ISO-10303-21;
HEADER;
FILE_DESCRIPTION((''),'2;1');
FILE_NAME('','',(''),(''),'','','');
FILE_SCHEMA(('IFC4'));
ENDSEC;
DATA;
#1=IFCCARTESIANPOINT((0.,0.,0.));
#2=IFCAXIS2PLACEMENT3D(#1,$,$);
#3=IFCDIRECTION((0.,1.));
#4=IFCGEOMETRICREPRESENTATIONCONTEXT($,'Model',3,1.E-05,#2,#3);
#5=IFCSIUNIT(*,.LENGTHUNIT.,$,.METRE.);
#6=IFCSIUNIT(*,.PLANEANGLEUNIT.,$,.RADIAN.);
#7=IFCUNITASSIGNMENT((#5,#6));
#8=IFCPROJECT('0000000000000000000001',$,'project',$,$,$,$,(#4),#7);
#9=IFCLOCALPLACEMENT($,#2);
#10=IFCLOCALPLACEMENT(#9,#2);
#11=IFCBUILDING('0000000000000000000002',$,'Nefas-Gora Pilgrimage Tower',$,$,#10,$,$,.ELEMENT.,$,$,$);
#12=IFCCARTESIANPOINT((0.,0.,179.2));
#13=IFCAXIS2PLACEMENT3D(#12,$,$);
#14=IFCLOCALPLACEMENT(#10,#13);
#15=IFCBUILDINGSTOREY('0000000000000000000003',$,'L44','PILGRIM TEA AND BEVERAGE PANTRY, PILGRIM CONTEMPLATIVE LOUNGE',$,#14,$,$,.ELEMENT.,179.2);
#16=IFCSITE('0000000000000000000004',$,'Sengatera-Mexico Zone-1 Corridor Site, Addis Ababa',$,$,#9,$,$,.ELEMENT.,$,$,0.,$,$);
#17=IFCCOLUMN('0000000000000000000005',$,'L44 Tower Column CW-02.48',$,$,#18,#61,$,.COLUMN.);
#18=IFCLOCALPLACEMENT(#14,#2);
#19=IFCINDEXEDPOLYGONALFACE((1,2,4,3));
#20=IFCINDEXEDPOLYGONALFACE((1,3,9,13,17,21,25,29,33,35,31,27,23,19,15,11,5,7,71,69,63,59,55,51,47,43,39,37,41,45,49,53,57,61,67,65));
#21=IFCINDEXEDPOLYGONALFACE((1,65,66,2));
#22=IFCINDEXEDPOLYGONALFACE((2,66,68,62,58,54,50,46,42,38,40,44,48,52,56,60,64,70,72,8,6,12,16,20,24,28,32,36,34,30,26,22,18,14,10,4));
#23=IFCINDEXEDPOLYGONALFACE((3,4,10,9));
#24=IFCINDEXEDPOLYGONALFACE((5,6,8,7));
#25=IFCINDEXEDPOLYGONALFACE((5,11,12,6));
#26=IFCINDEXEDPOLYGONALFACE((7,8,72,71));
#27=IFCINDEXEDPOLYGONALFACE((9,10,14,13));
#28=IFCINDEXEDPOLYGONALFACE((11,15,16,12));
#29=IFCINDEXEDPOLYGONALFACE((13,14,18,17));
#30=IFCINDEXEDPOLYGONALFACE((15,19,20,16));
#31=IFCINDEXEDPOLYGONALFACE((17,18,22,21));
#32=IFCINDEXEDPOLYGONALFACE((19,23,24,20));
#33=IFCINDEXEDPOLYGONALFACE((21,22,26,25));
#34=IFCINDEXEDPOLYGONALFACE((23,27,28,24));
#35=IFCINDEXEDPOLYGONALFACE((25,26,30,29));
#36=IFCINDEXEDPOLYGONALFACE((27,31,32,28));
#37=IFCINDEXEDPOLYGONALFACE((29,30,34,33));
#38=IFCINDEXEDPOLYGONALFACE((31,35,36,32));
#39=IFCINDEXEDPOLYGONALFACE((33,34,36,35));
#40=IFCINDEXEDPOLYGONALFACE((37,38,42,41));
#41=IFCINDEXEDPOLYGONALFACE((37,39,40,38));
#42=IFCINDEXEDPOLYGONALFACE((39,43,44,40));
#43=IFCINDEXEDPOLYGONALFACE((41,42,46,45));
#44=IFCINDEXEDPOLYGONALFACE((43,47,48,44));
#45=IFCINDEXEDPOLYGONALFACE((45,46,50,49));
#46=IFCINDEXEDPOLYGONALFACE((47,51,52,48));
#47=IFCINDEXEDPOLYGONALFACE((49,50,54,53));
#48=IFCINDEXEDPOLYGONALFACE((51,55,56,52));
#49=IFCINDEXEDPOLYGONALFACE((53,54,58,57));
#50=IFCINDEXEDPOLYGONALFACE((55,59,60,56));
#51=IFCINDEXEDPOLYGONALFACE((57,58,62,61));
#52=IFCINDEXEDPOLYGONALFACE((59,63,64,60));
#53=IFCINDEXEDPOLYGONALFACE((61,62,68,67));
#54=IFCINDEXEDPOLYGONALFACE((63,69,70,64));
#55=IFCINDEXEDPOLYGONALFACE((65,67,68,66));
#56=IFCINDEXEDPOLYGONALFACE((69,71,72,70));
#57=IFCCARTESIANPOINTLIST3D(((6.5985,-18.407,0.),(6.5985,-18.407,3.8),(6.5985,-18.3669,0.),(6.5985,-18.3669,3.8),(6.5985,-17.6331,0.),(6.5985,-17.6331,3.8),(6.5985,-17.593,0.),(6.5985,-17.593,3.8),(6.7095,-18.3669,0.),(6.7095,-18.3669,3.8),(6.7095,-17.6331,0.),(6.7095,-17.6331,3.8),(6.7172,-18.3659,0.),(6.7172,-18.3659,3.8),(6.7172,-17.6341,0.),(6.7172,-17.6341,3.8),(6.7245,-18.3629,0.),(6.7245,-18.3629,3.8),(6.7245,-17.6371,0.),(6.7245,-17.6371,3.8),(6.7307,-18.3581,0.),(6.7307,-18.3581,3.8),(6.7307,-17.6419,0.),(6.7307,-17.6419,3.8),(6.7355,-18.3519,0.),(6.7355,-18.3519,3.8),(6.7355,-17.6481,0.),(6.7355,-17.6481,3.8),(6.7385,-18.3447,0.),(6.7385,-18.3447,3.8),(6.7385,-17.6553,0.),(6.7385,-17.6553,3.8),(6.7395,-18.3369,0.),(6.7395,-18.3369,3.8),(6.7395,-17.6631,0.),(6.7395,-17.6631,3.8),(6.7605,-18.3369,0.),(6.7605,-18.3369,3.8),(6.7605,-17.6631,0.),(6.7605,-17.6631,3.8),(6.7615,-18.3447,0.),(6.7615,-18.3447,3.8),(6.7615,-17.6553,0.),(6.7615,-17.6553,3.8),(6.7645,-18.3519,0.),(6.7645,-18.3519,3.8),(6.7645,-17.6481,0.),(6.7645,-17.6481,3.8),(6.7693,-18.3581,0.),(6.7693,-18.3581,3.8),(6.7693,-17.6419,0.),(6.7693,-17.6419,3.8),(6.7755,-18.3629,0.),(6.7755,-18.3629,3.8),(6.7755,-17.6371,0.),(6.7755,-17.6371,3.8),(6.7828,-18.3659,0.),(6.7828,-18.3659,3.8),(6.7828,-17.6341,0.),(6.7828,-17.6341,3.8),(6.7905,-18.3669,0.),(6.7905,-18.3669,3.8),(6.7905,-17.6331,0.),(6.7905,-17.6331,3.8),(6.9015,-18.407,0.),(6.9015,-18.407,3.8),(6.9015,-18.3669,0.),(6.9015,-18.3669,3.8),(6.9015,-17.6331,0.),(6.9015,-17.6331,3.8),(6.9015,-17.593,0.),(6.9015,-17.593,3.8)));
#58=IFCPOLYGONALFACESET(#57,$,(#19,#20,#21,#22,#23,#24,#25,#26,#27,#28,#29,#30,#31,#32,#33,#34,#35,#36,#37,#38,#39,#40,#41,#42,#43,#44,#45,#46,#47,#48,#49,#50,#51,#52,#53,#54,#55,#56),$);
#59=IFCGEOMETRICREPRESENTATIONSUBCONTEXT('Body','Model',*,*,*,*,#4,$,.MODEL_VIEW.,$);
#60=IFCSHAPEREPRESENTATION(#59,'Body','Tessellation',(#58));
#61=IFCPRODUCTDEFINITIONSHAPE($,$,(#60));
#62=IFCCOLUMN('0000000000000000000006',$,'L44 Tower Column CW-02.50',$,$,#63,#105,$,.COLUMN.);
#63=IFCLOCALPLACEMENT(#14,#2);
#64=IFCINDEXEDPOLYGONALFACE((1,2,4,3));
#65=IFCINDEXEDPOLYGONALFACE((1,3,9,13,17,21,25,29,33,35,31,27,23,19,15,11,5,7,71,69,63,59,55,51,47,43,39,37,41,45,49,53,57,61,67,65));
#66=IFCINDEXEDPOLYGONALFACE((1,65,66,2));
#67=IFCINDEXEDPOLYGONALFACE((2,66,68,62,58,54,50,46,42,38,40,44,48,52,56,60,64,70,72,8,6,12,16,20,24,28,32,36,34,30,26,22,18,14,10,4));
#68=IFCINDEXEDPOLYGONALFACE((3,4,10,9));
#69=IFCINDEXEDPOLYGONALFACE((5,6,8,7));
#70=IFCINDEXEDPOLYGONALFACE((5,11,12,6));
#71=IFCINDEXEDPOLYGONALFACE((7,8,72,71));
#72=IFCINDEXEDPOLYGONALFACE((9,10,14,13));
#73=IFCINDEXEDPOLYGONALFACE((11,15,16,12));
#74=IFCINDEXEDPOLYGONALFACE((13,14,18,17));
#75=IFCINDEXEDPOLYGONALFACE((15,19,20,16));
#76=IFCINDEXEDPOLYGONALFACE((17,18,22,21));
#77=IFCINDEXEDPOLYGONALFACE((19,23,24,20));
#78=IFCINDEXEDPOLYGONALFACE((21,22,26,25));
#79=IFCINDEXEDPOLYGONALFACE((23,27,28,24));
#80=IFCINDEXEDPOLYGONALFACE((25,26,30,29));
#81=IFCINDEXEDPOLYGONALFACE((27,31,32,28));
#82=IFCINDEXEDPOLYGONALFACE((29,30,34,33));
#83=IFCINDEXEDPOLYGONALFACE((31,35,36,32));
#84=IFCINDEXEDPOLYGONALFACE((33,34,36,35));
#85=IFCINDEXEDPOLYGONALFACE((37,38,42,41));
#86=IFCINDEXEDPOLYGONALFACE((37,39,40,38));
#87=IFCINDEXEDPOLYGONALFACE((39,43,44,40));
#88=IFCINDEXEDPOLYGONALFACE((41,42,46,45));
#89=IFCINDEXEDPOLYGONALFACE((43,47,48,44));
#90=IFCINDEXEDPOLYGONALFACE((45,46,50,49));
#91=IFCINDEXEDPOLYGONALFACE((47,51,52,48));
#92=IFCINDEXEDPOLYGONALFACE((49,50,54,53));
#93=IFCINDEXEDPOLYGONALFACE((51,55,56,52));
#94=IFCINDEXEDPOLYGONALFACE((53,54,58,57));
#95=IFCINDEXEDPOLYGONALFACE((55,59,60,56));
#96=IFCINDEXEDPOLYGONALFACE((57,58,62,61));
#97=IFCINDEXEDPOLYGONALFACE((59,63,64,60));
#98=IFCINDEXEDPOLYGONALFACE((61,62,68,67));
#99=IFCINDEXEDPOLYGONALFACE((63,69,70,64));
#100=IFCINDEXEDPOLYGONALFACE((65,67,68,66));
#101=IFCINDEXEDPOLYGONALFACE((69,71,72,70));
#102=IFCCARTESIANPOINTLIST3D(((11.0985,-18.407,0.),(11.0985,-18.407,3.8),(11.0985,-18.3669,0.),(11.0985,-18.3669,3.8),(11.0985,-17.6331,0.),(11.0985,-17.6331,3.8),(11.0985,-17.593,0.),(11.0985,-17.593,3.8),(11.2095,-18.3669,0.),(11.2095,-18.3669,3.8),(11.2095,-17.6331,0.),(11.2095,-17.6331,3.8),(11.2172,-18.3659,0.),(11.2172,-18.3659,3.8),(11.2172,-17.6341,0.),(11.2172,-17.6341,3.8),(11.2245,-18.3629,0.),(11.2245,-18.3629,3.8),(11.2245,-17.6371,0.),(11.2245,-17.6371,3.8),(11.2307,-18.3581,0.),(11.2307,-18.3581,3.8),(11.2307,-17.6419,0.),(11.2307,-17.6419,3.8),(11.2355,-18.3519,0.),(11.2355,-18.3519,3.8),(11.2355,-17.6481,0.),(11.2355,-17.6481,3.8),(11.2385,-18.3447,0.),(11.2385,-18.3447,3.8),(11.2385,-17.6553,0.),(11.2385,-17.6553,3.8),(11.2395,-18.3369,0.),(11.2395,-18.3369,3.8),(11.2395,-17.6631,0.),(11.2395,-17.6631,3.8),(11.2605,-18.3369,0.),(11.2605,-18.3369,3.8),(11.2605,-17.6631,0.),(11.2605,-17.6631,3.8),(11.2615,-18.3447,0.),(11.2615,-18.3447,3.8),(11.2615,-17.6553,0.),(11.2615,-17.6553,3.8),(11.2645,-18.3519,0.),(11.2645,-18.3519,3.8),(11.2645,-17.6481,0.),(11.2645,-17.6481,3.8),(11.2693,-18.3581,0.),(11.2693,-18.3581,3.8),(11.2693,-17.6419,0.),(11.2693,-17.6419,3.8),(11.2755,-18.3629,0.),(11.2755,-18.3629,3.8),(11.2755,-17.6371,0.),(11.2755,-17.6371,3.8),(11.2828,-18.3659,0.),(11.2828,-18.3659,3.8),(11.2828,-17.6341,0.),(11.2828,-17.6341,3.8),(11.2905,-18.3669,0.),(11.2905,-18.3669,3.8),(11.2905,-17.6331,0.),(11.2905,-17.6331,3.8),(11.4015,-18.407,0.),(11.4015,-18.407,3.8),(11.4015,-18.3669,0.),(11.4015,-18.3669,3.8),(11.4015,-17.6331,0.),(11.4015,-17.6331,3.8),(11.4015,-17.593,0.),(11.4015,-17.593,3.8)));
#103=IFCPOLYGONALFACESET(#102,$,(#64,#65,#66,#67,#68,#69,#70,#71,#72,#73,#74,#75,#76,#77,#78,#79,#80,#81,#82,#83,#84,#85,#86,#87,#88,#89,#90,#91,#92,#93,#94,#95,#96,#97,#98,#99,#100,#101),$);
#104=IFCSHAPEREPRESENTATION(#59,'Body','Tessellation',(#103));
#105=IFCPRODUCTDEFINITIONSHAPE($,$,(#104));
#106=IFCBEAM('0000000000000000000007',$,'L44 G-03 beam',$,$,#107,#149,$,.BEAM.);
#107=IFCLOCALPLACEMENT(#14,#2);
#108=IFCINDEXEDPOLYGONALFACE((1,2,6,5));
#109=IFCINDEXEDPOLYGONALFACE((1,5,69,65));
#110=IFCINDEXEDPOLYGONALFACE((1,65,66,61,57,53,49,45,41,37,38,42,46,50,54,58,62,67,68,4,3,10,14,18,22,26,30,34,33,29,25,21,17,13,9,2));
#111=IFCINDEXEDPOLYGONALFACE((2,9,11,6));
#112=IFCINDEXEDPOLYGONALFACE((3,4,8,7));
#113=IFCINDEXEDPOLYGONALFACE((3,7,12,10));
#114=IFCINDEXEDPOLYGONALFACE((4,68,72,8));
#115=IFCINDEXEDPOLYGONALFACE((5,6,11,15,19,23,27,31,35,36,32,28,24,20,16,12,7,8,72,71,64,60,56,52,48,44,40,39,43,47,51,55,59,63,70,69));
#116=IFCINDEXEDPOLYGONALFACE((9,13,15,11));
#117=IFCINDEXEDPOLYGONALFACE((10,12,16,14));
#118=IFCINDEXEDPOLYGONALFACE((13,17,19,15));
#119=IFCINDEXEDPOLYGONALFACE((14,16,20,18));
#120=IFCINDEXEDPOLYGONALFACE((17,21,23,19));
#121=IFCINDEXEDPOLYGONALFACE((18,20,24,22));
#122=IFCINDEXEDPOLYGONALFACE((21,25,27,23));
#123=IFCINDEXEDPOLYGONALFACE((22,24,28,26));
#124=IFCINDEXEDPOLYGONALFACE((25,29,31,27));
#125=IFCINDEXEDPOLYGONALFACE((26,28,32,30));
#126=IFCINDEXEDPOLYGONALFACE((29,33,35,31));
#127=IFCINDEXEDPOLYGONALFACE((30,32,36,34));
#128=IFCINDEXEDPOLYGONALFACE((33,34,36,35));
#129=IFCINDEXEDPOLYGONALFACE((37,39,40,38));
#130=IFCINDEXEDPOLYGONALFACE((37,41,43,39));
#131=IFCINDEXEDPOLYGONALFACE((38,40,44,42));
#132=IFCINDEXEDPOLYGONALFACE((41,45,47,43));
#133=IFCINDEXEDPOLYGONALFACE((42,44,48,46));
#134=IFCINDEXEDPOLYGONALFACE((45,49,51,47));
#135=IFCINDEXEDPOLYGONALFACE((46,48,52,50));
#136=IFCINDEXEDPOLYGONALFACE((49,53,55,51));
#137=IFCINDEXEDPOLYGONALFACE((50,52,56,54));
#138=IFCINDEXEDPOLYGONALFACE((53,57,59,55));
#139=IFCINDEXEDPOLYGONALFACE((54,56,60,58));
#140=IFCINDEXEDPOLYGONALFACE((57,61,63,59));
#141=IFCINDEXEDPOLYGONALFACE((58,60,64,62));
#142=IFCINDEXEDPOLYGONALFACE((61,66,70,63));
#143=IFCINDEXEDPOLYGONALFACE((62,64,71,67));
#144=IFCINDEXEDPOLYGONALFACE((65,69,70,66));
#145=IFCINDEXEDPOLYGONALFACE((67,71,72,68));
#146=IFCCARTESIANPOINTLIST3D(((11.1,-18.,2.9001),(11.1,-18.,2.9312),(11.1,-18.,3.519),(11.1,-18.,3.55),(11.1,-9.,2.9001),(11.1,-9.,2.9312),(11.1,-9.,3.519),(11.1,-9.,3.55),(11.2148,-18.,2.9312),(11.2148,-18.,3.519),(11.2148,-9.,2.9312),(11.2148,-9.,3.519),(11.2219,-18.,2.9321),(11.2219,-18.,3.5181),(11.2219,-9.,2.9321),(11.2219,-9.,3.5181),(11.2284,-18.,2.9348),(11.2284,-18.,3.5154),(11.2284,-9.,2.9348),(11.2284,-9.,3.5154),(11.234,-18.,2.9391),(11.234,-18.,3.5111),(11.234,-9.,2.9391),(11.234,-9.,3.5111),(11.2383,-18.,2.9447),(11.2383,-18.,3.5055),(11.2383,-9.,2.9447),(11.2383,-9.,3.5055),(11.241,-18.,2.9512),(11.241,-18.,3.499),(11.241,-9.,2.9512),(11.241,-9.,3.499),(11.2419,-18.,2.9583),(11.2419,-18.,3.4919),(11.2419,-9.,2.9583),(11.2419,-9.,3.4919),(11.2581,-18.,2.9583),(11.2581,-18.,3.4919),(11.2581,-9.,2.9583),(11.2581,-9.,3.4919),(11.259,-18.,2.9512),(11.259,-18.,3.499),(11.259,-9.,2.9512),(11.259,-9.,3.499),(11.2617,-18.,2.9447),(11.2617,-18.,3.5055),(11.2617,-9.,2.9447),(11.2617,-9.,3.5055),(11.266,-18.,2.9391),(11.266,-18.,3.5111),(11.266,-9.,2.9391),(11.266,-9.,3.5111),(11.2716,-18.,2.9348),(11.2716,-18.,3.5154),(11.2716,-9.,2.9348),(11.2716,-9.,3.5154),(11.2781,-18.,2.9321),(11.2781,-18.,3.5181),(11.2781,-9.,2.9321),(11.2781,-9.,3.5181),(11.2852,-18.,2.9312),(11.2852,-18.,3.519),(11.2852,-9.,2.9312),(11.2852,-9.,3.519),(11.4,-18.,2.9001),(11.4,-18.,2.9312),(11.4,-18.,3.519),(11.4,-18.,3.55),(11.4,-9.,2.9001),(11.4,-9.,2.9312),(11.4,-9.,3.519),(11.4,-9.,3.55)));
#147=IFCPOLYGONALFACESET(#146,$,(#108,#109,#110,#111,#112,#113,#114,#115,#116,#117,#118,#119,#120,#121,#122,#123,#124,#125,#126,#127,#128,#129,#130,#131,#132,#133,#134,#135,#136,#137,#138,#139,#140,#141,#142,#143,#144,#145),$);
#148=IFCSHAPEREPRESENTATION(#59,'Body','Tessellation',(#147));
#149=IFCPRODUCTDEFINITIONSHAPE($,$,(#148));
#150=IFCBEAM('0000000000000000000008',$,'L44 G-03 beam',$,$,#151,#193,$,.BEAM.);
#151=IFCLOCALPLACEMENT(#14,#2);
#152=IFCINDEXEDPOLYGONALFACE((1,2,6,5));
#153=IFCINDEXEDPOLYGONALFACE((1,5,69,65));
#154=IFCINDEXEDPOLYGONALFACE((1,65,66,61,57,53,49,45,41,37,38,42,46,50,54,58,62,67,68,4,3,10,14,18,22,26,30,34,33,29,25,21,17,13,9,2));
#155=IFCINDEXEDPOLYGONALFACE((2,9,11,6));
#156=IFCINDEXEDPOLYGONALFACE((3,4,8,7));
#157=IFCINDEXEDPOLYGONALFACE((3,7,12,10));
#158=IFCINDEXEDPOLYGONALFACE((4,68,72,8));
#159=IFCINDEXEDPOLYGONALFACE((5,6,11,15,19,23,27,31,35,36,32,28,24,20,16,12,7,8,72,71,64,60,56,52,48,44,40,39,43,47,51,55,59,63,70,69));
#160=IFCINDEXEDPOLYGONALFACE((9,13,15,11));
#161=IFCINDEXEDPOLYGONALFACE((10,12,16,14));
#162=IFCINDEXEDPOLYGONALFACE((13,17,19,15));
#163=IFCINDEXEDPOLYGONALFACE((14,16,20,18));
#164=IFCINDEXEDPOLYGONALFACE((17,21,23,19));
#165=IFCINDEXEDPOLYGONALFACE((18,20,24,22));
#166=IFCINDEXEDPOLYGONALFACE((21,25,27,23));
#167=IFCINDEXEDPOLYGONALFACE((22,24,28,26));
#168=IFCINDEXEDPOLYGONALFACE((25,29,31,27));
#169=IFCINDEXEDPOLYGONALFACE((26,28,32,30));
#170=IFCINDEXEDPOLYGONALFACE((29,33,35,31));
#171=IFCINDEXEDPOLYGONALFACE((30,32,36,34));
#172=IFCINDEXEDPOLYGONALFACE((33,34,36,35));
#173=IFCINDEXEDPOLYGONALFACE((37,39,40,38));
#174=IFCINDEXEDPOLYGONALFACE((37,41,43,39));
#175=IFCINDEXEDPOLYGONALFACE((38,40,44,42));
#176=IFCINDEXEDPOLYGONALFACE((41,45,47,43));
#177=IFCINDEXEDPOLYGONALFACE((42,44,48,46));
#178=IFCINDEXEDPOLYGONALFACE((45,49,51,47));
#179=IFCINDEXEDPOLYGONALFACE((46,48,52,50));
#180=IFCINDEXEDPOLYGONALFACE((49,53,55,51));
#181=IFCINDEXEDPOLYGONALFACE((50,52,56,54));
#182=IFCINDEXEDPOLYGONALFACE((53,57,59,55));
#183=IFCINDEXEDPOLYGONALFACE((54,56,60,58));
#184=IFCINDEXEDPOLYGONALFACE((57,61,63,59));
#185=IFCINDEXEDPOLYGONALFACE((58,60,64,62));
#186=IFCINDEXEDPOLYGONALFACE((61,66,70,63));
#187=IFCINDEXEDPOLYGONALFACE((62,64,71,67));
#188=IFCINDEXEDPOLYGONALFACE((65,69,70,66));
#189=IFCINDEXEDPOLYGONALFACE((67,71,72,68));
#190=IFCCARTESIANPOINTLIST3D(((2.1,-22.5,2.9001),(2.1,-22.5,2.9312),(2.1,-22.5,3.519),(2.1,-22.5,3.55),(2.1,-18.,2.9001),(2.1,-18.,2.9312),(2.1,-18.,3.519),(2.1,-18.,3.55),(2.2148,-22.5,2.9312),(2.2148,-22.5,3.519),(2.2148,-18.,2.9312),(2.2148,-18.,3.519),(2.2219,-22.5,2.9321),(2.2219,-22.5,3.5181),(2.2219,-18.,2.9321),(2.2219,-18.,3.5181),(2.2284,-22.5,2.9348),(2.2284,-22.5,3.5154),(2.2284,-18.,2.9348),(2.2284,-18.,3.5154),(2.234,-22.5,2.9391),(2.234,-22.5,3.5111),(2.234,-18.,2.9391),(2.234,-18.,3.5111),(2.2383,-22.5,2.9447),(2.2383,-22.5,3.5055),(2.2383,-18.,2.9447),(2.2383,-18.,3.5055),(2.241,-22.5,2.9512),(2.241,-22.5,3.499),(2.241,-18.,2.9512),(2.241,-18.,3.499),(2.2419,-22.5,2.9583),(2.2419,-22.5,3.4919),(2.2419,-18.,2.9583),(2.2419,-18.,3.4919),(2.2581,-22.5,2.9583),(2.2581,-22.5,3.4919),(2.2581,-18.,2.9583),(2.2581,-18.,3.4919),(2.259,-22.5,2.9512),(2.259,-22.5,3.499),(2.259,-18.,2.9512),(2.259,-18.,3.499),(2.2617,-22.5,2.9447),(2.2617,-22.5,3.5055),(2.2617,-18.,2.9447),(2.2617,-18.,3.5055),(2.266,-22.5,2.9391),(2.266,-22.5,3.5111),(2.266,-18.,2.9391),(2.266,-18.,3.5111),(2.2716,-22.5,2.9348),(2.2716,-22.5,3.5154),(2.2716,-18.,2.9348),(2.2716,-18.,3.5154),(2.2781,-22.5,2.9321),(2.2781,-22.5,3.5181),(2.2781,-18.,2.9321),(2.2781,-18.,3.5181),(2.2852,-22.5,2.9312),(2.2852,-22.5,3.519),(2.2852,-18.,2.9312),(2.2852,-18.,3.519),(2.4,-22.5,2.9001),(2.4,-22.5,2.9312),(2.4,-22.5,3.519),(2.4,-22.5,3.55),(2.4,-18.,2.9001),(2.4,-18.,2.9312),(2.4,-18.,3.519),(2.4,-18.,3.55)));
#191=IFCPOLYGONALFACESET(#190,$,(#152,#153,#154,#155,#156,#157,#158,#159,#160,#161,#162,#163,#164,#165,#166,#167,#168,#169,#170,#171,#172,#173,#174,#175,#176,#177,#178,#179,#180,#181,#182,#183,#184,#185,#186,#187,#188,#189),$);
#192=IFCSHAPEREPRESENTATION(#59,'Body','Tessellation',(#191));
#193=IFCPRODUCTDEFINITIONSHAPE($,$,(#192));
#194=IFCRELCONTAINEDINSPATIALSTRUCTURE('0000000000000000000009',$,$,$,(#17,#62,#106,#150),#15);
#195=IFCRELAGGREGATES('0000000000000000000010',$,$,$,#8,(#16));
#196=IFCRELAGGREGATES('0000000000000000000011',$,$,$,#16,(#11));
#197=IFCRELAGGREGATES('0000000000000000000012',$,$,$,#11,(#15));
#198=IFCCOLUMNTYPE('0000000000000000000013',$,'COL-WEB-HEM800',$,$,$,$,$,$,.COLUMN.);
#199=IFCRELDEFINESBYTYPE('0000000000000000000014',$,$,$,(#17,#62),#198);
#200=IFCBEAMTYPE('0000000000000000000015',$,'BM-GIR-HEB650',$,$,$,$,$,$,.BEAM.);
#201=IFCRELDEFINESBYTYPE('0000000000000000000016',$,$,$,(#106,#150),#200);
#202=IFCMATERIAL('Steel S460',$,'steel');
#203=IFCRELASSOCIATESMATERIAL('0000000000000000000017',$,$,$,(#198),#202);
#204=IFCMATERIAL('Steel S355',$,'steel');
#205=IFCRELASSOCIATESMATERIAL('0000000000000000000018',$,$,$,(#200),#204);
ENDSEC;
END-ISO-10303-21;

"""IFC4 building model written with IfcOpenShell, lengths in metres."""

from ifc_helpers import new_model, si_unit, direction, frame, origin, origin_2d, place, context, subcontext, project, spatial, i_section, extrude, source, transform, mapped, material, material_profile, profile_set, type_object, element, save


model = new_model("IFC4")

# Units and contexts
model_context = context("Model", 3, precision=1e-05, world=origin(), true_north=direction((0.0, 1.0)))
body_context = subcontext(model_context, "Body", "Model", "MODEL_VIEW")
ifc_project = project(units=[si_unit("LENGTHUNIT", "METRE"), si_unit("PLANEANGLEUNIT", "RADIAN")], contexts=[model_context])

# Site, building, storey
site_placement = place(None, origin())
site = spatial("IfcSite", under=ifc_project, at=site_placement, Name="Sengatera-Mexico Zone-1 Corridor Site, Addis Ababa", CompositionType="ELEMENT", RefElevation=0.0)
building_placement = place(site_placement, origin())
building = spatial("IfcBuilding", under=site, at=building_placement, Name="Nefas-Gora Pilgrimage Tower", CompositionType="ELEMENT")
storey_placement = place(building_placement, frame((0.0, 0.0, 179.2)))
storey = spatial("IfcBuildingStorey", under=building, at=storey_placement, Name="L44", Description="PILGRIM TEA AND BEVERAGE PANTRY, PILGRIM CONTEMPLATIVE LOUNGE", CompositionType="ELEMENT", Elevation=179.2)

# Columns
ifc_material_1 = material(Name="Steel S460", Category="steel")
ifc_material_profile_1 = material_profile(ifc_material_1, i_section(OverallWidth=0.303, OverallDepth=0.814, WebThickness=0.021, FlangeThickness=0.04, FilletRadius=0.03, at=origin_2d()), Name="HEM 800")
ifc_profile_set_1 = profile_set([ifc_material_profile_1], Name="Steel S460")
column_type_1 = type_object("IfcColumnType", Name="COL-WEB-HEM800", PredefinedType="COLUMN", material=ifc_profile_set_1)
shared_shape_1 = source(origin(), body_context, "Body", "SweptSolid", [
    extrude(i_section(OverallWidth=0.303, OverallDepth=0.814, WebThickness=0.021, FlangeThickness=0.04, FilletRadius=0.03, at=origin_2d()), origin(), (0.0, 0.0, 1.0), 3.8),
])
for number, where, z_axis, x_axis, name in (
    (1, (6.75, -18.0, 0.0), (0.0, 0.0, 1.0), (1.0, 0.0, 0.0), "L44 Tower Column CW-02.48"),
    (2, (11.25, -18.0, 0.0), (0.0, 0.0, 1.0), (1.0, 0.0, 0.0), "L44 Tower Column CW-02.50"),
):
    element("IfcColumn", number, at=place(storey_placement, frame(where, z_axis=z_axis, x_axis=x_axis)), inside=storey, type_object=column_type_1, Name=name, PredefinedType="COLUMN", context=body_context, shape_type="MappedRepresentation", body=[
        mapped(shared_shape_1, transform((0.0, 0.0, 0.0), x_axis=(1.0, 0.0, 0.0), y_axis=(0.0, 1.0, 0.0), z_axis=(0.0, 0.0, 1.0), scale=1.0)),
    ])

# Beams
ifc_material_2 = material(Name="Steel S355", Category="steel")
ifc_material_profile_2 = material_profile(ifc_material_2, i_section(OverallWidth=0.3, OverallDepth=0.6499, WebThickness=0.0161, FlangeThickness=0.031, FilletRadius=0.0271, at=origin_2d()), Name="HEB 650")
ifc_profile_set_2 = profile_set([ifc_material_profile_2], Name="Steel S355")
beam_type = type_object("IfcBeamType", Name="BM-GIR-HEB650", PredefinedType="BEAM", material=ifc_profile_set_2)
shared_shape_2 = source(origin(), body_context, "Body", "SweptSolid", [
    extrude(i_section(OverallWidth=0.3, OverallDepth=0.6499, WebThickness=0.0161, FlangeThickness=0.031, FilletRadius=0.0271, at=origin_2d()), origin(), (0.0, 0.0, 1.0), 9.0),
])
beam_placement = place(storey_placement, frame((11.25, -18.0, 3.2251), z_axis=(0.0, 1.0, 0.0), x_axis=(-1.0, 0.0, 0.0)))
element("IfcBeam", 3, at=beam_placement, inside=storey, type_object=beam_type, Name="L44 G-03 beam", PredefinedType="BEAM", context=body_context, shape_type="MappedRepresentation", body=[
    mapped(shared_shape_2, transform((0.0, 0.0, 0.0), x_axis=(1.0, 0.0, 0.0), y_axis=(0.0, 1.0, 0.0), z_axis=(0.0, 0.0, 1.0), scale=1.0)),
])
shared_shape_3 = source(origin(), body_context, "Body", "SweptSolid", [
    extrude(i_section(OverallWidth=0.3, OverallDepth=0.6499, WebThickness=0.0161, FlangeThickness=0.031, FilletRadius=0.0271, at=origin_2d()), origin(), (0.0, 0.0, 1.0), 4.5),
])
for number, where, z_axis, x_axis, name in (
    (4, (2.25, -22.5, 3.2251), (0.0, 1.0, 0.0), (-1.0, 0.0, 0.0), "L44 G-03 beam"),
):
    element("IfcBeam", number, at=place(storey_placement, frame(where, z_axis=z_axis, x_axis=x_axis)), inside=storey, type_object=beam_type, Name=name, PredefinedType="BEAM", context=body_context, shape_type="MappedRepresentation", body=[
        mapped(shared_shape_3, transform((0.0, 0.0, 0.0), x_axis=(1.0, 0.0, 0.0), y_axis=(0.0, 1.0, 0.0), z_axis=(0.0, 0.0, 1.0), scale=1.0)),
    ])

save(model, "model.ifc")
